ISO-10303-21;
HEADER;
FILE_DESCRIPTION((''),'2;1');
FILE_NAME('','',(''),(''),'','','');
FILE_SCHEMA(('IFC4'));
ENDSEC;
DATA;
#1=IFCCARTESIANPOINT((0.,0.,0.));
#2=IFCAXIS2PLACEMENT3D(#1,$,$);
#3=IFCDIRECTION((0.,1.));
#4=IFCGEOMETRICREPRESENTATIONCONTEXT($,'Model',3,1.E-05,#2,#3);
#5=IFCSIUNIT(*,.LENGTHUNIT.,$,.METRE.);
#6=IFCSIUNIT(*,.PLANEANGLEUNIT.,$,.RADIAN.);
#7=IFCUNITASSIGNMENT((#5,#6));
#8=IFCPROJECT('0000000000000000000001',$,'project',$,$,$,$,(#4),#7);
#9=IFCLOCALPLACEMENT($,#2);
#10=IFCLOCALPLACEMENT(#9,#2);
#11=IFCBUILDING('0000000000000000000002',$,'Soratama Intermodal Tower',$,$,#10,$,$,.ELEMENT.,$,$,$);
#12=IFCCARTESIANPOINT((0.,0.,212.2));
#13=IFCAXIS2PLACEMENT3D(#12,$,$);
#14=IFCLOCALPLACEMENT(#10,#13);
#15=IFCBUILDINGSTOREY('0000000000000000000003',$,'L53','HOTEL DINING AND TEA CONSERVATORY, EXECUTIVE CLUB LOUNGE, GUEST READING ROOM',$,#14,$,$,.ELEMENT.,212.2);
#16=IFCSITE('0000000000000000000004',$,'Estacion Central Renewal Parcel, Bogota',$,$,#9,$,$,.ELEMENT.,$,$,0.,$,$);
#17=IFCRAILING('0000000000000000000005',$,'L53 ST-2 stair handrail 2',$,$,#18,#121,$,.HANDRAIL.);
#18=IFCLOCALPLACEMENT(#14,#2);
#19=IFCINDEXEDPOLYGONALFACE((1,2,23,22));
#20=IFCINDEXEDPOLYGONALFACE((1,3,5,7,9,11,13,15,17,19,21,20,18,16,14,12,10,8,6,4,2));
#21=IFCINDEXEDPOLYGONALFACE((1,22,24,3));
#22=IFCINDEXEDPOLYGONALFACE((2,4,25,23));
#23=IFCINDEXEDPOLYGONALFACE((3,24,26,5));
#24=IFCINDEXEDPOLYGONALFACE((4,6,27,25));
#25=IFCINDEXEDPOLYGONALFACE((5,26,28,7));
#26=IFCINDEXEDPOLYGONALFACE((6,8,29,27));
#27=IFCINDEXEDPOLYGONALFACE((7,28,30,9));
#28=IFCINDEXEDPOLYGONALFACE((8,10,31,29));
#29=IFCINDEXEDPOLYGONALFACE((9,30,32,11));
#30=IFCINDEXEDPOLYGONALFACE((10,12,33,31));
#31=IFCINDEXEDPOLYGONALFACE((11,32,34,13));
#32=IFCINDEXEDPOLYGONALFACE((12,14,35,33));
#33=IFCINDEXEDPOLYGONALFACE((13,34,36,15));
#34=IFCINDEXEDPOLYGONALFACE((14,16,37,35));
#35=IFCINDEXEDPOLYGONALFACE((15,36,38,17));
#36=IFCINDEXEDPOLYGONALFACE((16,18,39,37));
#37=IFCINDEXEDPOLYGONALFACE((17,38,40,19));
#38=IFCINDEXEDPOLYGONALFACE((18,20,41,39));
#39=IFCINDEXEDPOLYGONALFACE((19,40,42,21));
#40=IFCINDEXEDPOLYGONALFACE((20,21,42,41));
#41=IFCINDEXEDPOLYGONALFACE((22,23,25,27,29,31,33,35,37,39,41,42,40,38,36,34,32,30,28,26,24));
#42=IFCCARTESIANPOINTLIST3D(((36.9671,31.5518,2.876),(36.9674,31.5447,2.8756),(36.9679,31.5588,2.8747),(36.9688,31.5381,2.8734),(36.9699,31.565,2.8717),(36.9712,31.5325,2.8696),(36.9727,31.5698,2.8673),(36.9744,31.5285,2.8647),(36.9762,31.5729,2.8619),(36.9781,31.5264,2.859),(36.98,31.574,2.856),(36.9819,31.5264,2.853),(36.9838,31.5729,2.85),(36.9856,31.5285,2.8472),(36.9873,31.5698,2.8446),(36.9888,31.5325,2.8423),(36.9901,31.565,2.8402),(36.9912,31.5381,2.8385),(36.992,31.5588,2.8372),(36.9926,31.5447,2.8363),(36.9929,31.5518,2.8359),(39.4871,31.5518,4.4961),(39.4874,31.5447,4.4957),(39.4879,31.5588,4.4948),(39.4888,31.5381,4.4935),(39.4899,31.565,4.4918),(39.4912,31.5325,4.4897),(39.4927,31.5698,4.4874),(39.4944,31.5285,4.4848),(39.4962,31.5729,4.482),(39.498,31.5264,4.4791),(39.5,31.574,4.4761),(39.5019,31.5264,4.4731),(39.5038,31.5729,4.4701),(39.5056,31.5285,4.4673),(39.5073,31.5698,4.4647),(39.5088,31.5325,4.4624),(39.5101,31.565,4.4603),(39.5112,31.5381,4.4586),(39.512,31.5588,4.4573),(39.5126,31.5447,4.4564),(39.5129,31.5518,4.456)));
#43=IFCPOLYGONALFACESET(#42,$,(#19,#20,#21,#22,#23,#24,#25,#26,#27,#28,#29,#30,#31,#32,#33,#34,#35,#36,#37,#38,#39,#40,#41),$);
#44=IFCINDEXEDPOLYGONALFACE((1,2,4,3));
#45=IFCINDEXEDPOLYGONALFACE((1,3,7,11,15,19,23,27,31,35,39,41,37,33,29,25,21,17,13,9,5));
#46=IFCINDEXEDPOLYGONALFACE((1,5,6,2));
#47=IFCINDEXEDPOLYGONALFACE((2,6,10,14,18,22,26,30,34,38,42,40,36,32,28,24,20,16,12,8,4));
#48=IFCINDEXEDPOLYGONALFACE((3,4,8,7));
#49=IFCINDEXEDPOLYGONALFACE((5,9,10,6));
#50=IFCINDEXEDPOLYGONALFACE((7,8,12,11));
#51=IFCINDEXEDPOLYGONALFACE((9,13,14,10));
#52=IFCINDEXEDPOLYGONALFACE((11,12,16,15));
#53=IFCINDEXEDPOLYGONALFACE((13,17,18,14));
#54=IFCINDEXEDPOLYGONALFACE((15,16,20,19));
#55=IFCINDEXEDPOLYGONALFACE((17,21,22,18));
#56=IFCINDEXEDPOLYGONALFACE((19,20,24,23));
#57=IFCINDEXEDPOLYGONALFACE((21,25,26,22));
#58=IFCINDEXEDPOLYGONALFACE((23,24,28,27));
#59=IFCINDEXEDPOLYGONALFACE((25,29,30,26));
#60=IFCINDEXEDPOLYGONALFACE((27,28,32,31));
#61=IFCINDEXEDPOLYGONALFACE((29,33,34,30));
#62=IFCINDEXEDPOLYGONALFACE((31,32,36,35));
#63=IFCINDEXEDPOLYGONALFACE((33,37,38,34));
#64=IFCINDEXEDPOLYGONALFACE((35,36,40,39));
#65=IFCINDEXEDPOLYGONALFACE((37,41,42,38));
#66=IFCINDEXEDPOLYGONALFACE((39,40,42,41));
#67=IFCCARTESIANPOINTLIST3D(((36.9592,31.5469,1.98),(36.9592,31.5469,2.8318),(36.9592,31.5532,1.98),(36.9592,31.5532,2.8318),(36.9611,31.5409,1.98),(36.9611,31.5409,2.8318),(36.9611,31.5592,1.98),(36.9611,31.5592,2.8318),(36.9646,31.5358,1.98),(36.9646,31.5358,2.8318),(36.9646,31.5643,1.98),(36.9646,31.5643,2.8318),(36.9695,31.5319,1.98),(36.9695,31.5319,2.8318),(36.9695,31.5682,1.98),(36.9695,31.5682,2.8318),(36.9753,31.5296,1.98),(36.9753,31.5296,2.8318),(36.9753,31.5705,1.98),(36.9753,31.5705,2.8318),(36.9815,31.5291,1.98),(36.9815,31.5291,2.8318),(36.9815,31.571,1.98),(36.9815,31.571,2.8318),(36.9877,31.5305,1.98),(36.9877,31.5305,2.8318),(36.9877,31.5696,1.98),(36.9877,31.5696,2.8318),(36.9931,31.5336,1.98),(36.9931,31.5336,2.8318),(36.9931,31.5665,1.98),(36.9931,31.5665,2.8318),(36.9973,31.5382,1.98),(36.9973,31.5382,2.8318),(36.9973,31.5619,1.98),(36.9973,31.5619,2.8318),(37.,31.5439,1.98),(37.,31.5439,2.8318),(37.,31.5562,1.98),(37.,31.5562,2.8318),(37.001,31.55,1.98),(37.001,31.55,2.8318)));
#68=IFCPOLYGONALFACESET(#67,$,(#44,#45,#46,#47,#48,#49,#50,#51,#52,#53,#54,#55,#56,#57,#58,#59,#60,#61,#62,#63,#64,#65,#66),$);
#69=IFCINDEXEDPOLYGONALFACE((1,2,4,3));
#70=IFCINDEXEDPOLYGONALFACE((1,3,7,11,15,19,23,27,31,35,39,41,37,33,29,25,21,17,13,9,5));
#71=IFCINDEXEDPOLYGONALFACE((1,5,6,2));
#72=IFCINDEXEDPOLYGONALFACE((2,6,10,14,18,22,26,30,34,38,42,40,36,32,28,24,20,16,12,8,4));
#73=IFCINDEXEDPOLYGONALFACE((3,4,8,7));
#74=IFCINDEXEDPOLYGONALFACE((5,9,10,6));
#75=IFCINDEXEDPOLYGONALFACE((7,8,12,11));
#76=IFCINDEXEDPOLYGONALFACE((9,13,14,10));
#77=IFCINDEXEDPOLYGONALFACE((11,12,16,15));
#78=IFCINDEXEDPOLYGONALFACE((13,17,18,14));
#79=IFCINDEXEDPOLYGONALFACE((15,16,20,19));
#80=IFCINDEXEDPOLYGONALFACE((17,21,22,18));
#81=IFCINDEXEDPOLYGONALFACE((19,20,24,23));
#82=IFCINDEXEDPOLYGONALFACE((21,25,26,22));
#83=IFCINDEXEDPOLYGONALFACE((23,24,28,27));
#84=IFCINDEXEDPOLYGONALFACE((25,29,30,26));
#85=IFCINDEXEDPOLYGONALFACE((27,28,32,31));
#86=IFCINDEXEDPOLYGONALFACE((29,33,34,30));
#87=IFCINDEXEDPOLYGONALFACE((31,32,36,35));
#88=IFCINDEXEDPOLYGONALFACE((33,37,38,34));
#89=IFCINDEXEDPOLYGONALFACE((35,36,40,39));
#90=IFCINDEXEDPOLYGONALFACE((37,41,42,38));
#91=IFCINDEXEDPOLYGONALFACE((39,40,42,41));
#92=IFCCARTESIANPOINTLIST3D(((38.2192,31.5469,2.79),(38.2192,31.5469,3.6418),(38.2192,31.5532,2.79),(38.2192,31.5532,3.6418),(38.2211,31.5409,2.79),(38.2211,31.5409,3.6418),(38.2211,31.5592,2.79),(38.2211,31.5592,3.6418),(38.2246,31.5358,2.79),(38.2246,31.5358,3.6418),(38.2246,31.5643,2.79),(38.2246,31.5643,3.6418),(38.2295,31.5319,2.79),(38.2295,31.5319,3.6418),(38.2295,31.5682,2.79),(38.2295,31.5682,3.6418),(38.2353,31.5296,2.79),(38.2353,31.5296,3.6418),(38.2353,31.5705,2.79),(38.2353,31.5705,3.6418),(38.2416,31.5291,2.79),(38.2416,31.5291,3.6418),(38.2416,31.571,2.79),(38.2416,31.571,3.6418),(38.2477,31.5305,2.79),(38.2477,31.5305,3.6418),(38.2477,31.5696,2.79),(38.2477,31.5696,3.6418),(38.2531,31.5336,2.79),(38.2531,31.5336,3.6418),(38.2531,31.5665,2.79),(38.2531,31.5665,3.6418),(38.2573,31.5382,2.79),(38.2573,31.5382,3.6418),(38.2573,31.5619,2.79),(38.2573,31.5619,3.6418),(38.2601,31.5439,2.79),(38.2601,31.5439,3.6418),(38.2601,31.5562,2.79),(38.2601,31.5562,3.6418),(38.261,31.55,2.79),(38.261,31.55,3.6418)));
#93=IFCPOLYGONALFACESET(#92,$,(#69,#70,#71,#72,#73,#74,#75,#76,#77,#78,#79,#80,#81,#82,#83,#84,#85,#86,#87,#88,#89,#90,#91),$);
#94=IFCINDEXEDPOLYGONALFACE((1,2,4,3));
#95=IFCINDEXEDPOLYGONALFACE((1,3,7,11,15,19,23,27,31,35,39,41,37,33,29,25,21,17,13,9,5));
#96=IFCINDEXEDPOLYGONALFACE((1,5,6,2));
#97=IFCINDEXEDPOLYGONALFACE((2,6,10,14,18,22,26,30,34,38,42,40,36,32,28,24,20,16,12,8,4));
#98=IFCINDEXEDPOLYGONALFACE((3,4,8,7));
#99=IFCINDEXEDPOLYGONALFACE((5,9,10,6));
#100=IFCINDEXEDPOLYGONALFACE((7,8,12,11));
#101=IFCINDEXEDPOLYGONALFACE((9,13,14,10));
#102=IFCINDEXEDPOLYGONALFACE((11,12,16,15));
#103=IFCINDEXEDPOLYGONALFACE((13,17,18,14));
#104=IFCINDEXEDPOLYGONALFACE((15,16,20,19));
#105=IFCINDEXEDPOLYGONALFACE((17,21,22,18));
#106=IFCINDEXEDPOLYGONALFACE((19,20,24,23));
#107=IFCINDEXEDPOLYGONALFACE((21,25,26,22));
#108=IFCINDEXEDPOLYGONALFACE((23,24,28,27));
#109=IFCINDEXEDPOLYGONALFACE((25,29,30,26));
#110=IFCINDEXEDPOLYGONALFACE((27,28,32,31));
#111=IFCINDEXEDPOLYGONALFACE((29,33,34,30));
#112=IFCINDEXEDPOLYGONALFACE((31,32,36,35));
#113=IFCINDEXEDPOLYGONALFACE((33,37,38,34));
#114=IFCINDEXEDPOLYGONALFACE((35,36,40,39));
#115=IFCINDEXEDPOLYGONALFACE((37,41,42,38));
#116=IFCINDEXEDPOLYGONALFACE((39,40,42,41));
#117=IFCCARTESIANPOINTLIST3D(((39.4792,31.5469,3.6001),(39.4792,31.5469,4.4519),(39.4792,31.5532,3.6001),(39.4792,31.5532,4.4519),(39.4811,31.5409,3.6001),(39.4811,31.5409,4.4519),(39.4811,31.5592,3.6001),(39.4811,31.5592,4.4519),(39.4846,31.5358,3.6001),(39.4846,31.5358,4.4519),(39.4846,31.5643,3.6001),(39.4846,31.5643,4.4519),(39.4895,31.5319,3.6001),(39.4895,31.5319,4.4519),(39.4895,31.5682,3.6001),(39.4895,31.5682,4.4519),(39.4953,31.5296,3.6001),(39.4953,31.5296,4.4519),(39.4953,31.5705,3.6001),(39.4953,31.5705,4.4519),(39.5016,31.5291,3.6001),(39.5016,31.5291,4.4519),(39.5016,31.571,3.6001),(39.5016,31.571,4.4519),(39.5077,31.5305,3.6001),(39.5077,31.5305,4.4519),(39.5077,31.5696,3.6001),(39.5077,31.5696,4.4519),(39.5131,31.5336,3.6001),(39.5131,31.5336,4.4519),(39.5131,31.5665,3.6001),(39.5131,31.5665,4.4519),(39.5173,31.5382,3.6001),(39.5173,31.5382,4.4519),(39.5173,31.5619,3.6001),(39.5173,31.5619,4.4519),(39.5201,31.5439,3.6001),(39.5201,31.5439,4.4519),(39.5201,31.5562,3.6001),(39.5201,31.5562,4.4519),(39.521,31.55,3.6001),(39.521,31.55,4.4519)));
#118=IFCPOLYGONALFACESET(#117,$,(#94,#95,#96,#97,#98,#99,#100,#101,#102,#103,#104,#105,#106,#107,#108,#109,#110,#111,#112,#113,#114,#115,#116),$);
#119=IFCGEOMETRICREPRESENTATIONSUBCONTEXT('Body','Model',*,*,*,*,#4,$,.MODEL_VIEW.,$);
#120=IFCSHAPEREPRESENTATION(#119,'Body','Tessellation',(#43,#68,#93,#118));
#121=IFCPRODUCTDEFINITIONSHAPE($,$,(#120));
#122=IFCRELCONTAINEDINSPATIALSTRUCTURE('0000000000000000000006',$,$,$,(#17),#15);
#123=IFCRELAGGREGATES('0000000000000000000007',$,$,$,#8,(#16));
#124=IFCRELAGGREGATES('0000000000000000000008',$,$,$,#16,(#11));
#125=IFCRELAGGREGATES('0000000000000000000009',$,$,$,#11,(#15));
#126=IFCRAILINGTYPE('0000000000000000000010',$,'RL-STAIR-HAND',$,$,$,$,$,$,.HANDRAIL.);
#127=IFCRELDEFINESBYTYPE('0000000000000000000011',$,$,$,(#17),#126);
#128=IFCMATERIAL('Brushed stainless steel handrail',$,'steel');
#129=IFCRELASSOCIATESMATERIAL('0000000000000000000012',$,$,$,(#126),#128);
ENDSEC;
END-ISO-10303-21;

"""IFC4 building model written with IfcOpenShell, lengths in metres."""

from ifc_helpers import new_model, si_unit, direction, frame, origin, origin_2d, place, context, subcontext, project, spatial, circle, extrude, material, type_object, element, save


model = new_model("IFC4")

# Units and contexts
model_context = context("Model", 3, precision=1e-05, world=origin(), true_north=direction((0.0, 1.0)))
body_context = subcontext(model_context, "Body", "Model", "MODEL_VIEW")
ifc_project = project(units=[si_unit("LENGTHUNIT", "METRE"), si_unit("PLANEANGLEUNIT", "RADIAN")], contexts=[model_context])

# Site, building, storey
site_placement = place(None, origin())
site = spatial("IfcSite", under=ifc_project, at=site_placement, Name="Estacion Central Renewal Parcel, Bogota", CompositionType="ELEMENT", RefElevation=0.0)
building_placement = place(site_placement, origin())
building = spatial("IfcBuilding", under=site, at=building_placement, Name="Soratama Intermodal Tower", CompositionType="ELEMENT")
storey_placement = place(building_placement, frame((0.0, 0.0, 212.2)))
storey = spatial("IfcBuildingStorey", under=building, at=storey_placement, Name="L53", Description="HOTEL DINING AND TEA CONSERVATORY, EXECUTIVE CLUB LOUNGE, GUEST READING ROOM", CompositionType="ELEMENT", Elevation=212.2)

# Railing
ifc_material_1 = material(Name="Brushed stainless steel handrail", Category="steel")
railing_type_1 = type_object("IfcRailingType", Name="RL-STAIR-HAND", PredefinedType="HANDRAIL", material=ifc_material_1)
railing_1_placement = place(storey_placement, frame((36.98, 31.55, 1.98)))
element("IfcRailing", 1, at=railing_1_placement, inside=storey, type_object=railing_type_1, Name="L53 ST-2 stair handrail 2", PredefinedType="HANDRAIL", context=body_context, shape_type="SweptSolid", body=[
    extrude(circle(Radius=0.0239, at=origin_2d()), frame((0.0, 0.0, 0.876), z_axis=(0.841163, 0.0, 0.540782), x_axis=(0.0, 1.0, 0.0)), (0.0, 0.0, 1.0), 2.9958),
    extrude(circle(Radius=0.021, at=origin_2d()), origin(), (0.0, 0.0, 1.0), 0.8518),
    extrude(circle(Radius=0.021, at=origin_2d()), frame((1.26, 0.0, 0.8101)), (0.0, 0.0, 1.0), 0.8518),
    extrude(circle(Radius=0.021, at=origin_2d()), frame((2.52, 0.0, 1.6201)), (0.0, 0.0, 1.0), 0.8518),
])

save(model, "model.ifc")
